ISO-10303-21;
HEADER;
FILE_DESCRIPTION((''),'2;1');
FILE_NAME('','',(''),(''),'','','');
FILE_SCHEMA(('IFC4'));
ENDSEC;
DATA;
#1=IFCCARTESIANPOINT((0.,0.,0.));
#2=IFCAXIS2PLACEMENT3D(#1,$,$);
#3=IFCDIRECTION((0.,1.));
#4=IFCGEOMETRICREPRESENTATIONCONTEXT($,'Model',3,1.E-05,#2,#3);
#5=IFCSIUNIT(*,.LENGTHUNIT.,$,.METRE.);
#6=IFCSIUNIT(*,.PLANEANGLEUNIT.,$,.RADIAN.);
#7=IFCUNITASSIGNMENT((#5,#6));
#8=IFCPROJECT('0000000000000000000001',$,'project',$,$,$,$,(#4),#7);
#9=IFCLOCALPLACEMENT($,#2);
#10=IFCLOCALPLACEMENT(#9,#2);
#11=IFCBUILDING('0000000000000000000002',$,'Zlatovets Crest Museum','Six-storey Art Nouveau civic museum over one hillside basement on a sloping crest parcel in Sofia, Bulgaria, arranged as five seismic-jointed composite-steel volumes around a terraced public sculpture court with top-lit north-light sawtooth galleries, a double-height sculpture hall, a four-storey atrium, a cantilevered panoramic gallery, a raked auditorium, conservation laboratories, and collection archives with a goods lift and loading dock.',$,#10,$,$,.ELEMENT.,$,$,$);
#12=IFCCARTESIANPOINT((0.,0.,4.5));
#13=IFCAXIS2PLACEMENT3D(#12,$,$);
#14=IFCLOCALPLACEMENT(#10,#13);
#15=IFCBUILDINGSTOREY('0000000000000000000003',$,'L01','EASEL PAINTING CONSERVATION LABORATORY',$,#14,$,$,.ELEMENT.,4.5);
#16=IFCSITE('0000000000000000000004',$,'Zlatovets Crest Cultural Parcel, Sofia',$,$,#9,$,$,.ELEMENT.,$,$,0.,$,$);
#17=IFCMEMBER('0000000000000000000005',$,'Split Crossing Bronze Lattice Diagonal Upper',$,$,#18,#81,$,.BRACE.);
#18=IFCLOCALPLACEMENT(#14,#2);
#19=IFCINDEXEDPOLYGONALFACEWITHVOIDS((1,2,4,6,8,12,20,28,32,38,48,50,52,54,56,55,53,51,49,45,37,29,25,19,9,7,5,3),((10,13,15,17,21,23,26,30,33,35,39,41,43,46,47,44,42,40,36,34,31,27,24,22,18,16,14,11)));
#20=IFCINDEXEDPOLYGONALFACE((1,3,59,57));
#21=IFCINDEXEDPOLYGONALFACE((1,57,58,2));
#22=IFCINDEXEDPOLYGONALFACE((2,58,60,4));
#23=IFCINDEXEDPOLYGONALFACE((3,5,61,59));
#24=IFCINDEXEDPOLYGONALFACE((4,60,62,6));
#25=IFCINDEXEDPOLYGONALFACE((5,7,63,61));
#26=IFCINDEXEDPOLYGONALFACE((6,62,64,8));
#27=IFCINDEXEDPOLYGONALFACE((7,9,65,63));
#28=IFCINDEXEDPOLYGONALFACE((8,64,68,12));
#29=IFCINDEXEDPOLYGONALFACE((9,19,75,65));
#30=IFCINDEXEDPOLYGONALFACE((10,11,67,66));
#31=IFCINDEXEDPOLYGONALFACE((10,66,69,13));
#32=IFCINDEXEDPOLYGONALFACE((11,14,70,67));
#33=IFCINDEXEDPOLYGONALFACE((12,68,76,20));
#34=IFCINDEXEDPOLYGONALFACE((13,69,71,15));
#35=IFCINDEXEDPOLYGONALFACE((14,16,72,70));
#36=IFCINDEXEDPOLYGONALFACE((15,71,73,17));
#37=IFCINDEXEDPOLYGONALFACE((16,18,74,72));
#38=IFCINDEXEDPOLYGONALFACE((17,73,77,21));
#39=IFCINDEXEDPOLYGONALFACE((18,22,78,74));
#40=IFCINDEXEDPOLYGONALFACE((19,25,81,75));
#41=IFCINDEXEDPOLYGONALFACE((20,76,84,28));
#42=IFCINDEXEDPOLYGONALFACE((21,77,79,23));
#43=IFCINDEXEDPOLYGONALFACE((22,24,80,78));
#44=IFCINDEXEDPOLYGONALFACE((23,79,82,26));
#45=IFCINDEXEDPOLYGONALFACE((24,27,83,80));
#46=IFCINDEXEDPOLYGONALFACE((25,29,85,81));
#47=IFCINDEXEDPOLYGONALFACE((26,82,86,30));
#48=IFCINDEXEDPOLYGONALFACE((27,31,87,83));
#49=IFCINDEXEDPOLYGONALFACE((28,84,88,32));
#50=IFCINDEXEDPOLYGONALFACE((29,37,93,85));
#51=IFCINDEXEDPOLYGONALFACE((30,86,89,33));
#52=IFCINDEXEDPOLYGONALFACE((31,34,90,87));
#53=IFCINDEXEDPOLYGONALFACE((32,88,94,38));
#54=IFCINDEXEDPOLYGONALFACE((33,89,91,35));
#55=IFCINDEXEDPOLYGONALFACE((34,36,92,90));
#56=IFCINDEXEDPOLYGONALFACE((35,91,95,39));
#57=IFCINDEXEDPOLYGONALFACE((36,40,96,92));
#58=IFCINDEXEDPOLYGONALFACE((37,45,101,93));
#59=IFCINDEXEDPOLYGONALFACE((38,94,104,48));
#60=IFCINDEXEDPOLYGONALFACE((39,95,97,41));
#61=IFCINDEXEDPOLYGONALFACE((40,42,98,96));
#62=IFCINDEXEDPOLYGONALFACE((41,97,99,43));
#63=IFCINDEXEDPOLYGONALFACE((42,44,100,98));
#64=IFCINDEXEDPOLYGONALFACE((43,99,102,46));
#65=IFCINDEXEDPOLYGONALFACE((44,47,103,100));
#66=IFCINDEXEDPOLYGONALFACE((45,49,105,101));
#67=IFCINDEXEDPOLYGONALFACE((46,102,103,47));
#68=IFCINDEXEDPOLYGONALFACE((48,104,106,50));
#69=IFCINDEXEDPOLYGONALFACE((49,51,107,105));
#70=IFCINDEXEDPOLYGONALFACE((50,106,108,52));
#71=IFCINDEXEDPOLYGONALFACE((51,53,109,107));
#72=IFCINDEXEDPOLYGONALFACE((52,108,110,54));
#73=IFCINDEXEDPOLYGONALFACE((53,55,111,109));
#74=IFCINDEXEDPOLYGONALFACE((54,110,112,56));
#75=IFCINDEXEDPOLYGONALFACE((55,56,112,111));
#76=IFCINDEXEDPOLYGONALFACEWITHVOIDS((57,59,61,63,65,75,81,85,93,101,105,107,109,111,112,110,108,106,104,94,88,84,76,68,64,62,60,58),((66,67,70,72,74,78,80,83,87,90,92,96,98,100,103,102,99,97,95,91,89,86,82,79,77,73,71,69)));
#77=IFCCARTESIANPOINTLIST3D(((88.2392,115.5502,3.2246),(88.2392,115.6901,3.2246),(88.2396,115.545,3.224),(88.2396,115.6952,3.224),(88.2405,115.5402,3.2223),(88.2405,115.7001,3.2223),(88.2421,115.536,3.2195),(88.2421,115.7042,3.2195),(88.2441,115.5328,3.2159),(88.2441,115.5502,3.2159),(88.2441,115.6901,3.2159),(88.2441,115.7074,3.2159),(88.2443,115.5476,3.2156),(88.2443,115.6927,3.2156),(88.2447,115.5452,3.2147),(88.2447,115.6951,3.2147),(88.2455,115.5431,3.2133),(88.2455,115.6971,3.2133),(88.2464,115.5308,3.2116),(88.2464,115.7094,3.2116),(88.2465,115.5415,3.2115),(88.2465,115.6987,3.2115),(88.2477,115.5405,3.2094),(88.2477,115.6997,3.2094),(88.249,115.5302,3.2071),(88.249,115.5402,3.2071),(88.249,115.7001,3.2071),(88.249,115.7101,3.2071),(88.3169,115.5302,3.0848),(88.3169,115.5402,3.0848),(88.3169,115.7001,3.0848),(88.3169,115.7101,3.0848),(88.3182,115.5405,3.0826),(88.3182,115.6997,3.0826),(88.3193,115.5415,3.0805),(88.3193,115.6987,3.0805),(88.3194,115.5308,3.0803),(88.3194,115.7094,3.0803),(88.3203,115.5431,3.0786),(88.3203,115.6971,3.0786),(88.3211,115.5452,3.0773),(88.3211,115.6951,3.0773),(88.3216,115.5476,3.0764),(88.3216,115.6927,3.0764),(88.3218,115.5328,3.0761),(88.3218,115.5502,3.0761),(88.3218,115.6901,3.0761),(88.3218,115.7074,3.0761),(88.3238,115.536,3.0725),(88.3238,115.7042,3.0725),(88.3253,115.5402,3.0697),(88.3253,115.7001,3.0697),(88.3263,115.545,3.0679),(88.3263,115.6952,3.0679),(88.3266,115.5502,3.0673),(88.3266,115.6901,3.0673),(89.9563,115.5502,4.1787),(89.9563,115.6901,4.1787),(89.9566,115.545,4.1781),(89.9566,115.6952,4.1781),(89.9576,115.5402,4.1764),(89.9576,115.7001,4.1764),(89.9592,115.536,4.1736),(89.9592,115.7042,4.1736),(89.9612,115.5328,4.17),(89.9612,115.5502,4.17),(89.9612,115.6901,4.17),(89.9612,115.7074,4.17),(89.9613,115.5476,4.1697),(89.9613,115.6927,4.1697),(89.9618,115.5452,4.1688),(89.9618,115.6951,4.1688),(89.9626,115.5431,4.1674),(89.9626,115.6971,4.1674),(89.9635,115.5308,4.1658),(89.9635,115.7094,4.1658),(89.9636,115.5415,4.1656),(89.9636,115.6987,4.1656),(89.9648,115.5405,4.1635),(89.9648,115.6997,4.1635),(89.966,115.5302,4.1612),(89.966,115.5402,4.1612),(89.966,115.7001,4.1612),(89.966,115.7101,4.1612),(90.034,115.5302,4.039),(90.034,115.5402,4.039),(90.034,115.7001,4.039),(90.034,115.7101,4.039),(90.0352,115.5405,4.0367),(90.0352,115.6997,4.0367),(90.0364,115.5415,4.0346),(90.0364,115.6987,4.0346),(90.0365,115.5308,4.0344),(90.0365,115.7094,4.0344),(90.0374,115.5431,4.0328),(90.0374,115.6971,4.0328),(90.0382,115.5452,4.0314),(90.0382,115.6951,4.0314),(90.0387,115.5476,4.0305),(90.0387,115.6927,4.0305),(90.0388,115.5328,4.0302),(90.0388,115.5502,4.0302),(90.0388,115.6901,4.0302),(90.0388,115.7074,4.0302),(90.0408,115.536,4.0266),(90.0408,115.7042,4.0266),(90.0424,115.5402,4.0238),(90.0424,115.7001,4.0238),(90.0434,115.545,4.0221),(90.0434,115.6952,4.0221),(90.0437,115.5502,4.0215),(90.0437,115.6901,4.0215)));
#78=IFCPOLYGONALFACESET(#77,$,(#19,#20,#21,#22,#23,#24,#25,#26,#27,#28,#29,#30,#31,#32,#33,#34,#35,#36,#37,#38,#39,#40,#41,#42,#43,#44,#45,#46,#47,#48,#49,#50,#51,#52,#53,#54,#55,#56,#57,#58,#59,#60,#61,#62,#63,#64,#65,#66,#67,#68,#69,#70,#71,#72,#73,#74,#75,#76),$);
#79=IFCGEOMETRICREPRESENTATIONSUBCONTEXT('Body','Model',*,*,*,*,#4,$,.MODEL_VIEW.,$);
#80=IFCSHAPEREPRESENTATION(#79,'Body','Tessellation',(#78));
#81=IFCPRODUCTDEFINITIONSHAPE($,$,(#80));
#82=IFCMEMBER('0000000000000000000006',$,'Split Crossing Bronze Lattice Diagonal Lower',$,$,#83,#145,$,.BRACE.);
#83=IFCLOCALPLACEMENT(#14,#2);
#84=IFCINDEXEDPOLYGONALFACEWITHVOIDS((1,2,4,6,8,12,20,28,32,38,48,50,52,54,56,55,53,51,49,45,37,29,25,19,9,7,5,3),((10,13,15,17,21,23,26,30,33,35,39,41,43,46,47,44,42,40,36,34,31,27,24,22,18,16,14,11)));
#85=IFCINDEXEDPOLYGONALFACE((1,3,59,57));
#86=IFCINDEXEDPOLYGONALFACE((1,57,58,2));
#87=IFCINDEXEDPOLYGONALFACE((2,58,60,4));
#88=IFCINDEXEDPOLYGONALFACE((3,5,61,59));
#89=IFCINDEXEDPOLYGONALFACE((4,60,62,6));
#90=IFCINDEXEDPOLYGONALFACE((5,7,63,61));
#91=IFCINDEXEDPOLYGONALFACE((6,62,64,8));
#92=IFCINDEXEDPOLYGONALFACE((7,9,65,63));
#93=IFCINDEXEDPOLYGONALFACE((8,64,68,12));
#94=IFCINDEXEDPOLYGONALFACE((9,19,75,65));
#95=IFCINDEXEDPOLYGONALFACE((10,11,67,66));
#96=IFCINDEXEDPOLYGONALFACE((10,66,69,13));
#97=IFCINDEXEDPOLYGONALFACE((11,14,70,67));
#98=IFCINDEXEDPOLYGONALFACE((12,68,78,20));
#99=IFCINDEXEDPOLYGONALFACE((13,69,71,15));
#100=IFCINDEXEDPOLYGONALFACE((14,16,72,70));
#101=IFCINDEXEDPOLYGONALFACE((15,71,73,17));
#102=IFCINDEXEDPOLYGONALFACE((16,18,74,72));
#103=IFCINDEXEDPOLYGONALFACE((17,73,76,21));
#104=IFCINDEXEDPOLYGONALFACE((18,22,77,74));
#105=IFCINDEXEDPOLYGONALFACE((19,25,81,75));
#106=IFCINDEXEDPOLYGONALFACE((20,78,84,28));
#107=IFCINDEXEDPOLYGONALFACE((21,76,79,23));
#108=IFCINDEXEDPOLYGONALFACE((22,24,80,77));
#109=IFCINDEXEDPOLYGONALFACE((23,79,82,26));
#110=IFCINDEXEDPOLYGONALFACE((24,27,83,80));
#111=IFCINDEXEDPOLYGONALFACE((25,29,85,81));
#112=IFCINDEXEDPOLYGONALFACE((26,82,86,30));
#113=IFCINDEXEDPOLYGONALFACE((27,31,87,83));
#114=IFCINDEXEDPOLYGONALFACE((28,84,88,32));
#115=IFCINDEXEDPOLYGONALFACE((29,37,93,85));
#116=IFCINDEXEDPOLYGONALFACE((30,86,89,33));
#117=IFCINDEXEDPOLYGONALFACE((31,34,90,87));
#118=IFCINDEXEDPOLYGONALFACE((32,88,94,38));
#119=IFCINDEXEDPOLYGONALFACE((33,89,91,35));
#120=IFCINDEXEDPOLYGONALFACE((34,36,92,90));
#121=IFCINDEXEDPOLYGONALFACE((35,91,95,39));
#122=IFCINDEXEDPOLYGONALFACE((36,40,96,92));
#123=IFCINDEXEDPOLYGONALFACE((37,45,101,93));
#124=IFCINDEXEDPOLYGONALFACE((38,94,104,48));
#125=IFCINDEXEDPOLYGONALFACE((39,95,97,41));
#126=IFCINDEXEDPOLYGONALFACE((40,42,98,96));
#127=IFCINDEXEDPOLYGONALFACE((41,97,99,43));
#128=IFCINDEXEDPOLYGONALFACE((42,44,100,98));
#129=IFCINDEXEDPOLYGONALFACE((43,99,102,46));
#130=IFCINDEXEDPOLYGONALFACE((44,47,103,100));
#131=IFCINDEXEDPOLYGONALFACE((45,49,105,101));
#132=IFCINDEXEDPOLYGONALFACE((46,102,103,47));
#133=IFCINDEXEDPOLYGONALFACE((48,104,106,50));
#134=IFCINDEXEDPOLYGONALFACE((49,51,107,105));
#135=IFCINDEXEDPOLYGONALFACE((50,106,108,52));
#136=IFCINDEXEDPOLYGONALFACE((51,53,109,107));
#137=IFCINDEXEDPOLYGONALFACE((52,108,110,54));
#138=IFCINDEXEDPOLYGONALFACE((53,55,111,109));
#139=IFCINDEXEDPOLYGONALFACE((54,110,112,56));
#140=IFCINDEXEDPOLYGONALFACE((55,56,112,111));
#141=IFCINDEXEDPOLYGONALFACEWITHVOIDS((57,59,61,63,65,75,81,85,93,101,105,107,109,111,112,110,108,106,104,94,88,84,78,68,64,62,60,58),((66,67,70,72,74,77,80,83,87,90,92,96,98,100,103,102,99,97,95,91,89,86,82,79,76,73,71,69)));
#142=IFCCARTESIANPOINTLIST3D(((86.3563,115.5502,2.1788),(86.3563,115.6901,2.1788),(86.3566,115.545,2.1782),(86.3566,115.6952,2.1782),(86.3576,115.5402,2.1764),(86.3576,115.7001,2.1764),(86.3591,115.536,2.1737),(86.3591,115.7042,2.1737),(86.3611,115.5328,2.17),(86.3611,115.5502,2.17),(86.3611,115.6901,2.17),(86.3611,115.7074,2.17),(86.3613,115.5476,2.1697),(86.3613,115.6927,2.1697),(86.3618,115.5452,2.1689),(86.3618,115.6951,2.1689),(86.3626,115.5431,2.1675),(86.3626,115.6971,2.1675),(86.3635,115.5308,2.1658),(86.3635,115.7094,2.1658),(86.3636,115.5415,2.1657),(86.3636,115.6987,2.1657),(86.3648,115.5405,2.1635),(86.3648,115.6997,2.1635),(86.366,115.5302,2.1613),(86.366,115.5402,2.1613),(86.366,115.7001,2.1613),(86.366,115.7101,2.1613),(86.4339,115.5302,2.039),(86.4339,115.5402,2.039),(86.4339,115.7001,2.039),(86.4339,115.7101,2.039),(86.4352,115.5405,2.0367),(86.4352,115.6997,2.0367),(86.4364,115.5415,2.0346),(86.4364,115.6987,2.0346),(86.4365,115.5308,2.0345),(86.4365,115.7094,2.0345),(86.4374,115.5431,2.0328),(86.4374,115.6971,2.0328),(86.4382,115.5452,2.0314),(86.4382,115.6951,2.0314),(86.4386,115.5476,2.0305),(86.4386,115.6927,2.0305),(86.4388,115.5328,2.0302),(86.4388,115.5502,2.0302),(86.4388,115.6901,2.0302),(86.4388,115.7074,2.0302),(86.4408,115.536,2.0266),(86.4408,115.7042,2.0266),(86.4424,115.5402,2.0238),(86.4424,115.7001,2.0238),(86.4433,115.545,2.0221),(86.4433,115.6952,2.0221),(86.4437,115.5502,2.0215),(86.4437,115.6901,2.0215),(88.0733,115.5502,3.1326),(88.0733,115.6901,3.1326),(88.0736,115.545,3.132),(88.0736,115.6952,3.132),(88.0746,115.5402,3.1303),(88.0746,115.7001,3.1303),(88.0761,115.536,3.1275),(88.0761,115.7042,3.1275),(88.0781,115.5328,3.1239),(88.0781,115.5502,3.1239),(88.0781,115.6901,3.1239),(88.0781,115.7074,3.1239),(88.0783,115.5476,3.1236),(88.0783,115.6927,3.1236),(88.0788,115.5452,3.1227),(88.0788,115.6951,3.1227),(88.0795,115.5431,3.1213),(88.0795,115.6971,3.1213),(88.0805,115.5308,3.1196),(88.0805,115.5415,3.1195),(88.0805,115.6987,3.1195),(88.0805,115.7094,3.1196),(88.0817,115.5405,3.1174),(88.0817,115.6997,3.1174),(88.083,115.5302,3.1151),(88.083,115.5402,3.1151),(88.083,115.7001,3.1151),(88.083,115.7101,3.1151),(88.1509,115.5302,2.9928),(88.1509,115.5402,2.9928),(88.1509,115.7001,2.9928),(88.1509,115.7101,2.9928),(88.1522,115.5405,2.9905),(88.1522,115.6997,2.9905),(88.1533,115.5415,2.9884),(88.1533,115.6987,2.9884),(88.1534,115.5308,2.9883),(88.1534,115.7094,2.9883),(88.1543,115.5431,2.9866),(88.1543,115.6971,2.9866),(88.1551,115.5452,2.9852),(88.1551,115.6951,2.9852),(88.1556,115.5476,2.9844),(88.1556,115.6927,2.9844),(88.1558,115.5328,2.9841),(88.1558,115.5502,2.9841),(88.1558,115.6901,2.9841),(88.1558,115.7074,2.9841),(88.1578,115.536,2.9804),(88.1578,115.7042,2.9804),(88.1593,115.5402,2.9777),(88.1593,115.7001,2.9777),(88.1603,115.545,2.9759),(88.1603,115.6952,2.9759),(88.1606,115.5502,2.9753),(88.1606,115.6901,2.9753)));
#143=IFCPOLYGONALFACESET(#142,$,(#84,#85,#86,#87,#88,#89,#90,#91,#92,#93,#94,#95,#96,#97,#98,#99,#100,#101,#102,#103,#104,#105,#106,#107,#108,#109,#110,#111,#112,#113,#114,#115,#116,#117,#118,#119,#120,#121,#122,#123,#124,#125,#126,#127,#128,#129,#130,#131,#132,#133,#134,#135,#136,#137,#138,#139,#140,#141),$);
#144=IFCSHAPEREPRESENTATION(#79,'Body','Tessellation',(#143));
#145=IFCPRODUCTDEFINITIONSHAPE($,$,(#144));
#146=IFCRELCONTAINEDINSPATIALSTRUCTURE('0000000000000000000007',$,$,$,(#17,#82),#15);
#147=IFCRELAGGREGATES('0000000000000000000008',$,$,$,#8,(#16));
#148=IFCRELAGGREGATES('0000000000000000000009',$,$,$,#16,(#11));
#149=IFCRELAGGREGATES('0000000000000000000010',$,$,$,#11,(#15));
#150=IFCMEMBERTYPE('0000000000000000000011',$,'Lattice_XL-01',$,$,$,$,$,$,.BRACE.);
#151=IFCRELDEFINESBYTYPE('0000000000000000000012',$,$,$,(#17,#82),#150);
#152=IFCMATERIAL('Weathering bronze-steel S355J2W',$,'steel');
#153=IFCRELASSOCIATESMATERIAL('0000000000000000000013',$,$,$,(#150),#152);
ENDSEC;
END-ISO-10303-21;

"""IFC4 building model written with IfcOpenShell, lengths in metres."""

from ifc_helpers import new_model, si_unit, direction, frame, origin, origin_2d, place, context, subcontext, project, spatial, hollow_rectangle, extrude, material, material_profile, profile_set, type_object, element, save


model = new_model("IFC4")

# Units and contexts
model_context = context("Model", 3, precision=1e-05, world=origin(), true_north=direction((0.0, 1.0)))
body_context = subcontext(model_context, "Body", "Model", "MODEL_VIEW")
ifc_project = project(units=[si_unit("LENGTHUNIT", "METRE"), si_unit("PLANEANGLEUNIT", "RADIAN")], contexts=[model_context])

# Site, building, storey
site_placement = place(None, origin())
site = spatial("IfcSite", under=ifc_project, at=site_placement, Name="Zlatovets Crest Cultural Parcel, Sofia", CompositionType="ELEMENT", RefElevation=0.0)
building_placement = place(site_placement, origin())
building = spatial("IfcBuilding", under=site, at=building_placement, Name="Zlatovets Crest Museum", Description="Six-storey Art Nouveau civic museum over one hillside basement on a sloping crest parcel in Sofia, Bulgaria, arranged as five seismic-jointed composite-steel volumes around a terraced public sculpture court with top-lit north-light sawtooth galleries, a double-height sculpture hall, a four-storey atrium, a cantilevered panoramic gallery, a raked auditorium, conservation laboratories, and collection archives with a goods lift and loading dock.", CompositionType="ELEMENT")
storey_placement = place(building_placement, frame((0.0, 0.0, 4.5)))
storey = spatial("IfcBuildingStorey", under=building, at=storey_placement, Name="L01", Description="EASEL PAINTING CONSERVATION LABORATORY", CompositionType="ELEMENT", Elevation=4.5)

# Members
ifc_material_1 = material(Name="Weathering bronze-steel S355J2W", Category="steel")
ifc_material_profile_1 = material_profile(ifc_material_1, hollow_rectangle(XDim=0.1799, YDim=0.1799, WallThickness=0.01, InnerFilletRadius=0.01, OuterFilletRadius=0.02, at=origin_2d()), Name="SHS 180x180x10.0")
ifc_profile_set_1 = profile_set([ifc_material_profile_1], Name="Weathering bronze-steel S355J2W")
member_type_1 = type_object("IfcMemberType", Name="Lattice_XL-01", PredefinedType="BRACE", material=ifc_profile_set_1)
member_1_placement = place(storey_placement, frame((90.0, 115.6201, 4.1001), z_axis=(-0.874116, 0.0, -0.485717), x_axis=(0.0, -1.0, 0.0)))
element("IfcMember", 1, at=member_1_placement, inside=storey, type_object=member_type_1, Name="Split Crossing Bronze Lattice Diagonal Upper", PredefinedType="BRACE", context=body_context, shape_type="SweptSolid", body=[
    extrude(hollow_rectangle(XDim=0.1799, YDim=0.1799, WallThickness=0.01, InnerFilletRadius=0.01, OuterFilletRadius=0.02, at=origin_2d()), origin(), (0.0, 0.0, 1.0), 1.9644),
])
member_2_placement = place(storey_placement, frame((88.1169, 115.6201, 3.054), z_axis=(-0.874169, 0.0, -0.485622), x_axis=(0.0, -1.0, 0.0)))
element("IfcMember", 2, at=member_2_placement, inside=storey, type_object=member_type_1, Name="Split Crossing Bronze Lattice Diagonal Lower", PredefinedType="BRACE", context=body_context, shape_type="SweptSolid", body=[
    extrude(hollow_rectangle(XDim=0.1799, YDim=0.1799, WallThickness=0.01, InnerFilletRadius=0.01, OuterFilletRadius=0.02, at=origin_2d()), origin(), (0.0, 0.0, 1.0), 1.9641),
])

save(model, "model.ifc")
